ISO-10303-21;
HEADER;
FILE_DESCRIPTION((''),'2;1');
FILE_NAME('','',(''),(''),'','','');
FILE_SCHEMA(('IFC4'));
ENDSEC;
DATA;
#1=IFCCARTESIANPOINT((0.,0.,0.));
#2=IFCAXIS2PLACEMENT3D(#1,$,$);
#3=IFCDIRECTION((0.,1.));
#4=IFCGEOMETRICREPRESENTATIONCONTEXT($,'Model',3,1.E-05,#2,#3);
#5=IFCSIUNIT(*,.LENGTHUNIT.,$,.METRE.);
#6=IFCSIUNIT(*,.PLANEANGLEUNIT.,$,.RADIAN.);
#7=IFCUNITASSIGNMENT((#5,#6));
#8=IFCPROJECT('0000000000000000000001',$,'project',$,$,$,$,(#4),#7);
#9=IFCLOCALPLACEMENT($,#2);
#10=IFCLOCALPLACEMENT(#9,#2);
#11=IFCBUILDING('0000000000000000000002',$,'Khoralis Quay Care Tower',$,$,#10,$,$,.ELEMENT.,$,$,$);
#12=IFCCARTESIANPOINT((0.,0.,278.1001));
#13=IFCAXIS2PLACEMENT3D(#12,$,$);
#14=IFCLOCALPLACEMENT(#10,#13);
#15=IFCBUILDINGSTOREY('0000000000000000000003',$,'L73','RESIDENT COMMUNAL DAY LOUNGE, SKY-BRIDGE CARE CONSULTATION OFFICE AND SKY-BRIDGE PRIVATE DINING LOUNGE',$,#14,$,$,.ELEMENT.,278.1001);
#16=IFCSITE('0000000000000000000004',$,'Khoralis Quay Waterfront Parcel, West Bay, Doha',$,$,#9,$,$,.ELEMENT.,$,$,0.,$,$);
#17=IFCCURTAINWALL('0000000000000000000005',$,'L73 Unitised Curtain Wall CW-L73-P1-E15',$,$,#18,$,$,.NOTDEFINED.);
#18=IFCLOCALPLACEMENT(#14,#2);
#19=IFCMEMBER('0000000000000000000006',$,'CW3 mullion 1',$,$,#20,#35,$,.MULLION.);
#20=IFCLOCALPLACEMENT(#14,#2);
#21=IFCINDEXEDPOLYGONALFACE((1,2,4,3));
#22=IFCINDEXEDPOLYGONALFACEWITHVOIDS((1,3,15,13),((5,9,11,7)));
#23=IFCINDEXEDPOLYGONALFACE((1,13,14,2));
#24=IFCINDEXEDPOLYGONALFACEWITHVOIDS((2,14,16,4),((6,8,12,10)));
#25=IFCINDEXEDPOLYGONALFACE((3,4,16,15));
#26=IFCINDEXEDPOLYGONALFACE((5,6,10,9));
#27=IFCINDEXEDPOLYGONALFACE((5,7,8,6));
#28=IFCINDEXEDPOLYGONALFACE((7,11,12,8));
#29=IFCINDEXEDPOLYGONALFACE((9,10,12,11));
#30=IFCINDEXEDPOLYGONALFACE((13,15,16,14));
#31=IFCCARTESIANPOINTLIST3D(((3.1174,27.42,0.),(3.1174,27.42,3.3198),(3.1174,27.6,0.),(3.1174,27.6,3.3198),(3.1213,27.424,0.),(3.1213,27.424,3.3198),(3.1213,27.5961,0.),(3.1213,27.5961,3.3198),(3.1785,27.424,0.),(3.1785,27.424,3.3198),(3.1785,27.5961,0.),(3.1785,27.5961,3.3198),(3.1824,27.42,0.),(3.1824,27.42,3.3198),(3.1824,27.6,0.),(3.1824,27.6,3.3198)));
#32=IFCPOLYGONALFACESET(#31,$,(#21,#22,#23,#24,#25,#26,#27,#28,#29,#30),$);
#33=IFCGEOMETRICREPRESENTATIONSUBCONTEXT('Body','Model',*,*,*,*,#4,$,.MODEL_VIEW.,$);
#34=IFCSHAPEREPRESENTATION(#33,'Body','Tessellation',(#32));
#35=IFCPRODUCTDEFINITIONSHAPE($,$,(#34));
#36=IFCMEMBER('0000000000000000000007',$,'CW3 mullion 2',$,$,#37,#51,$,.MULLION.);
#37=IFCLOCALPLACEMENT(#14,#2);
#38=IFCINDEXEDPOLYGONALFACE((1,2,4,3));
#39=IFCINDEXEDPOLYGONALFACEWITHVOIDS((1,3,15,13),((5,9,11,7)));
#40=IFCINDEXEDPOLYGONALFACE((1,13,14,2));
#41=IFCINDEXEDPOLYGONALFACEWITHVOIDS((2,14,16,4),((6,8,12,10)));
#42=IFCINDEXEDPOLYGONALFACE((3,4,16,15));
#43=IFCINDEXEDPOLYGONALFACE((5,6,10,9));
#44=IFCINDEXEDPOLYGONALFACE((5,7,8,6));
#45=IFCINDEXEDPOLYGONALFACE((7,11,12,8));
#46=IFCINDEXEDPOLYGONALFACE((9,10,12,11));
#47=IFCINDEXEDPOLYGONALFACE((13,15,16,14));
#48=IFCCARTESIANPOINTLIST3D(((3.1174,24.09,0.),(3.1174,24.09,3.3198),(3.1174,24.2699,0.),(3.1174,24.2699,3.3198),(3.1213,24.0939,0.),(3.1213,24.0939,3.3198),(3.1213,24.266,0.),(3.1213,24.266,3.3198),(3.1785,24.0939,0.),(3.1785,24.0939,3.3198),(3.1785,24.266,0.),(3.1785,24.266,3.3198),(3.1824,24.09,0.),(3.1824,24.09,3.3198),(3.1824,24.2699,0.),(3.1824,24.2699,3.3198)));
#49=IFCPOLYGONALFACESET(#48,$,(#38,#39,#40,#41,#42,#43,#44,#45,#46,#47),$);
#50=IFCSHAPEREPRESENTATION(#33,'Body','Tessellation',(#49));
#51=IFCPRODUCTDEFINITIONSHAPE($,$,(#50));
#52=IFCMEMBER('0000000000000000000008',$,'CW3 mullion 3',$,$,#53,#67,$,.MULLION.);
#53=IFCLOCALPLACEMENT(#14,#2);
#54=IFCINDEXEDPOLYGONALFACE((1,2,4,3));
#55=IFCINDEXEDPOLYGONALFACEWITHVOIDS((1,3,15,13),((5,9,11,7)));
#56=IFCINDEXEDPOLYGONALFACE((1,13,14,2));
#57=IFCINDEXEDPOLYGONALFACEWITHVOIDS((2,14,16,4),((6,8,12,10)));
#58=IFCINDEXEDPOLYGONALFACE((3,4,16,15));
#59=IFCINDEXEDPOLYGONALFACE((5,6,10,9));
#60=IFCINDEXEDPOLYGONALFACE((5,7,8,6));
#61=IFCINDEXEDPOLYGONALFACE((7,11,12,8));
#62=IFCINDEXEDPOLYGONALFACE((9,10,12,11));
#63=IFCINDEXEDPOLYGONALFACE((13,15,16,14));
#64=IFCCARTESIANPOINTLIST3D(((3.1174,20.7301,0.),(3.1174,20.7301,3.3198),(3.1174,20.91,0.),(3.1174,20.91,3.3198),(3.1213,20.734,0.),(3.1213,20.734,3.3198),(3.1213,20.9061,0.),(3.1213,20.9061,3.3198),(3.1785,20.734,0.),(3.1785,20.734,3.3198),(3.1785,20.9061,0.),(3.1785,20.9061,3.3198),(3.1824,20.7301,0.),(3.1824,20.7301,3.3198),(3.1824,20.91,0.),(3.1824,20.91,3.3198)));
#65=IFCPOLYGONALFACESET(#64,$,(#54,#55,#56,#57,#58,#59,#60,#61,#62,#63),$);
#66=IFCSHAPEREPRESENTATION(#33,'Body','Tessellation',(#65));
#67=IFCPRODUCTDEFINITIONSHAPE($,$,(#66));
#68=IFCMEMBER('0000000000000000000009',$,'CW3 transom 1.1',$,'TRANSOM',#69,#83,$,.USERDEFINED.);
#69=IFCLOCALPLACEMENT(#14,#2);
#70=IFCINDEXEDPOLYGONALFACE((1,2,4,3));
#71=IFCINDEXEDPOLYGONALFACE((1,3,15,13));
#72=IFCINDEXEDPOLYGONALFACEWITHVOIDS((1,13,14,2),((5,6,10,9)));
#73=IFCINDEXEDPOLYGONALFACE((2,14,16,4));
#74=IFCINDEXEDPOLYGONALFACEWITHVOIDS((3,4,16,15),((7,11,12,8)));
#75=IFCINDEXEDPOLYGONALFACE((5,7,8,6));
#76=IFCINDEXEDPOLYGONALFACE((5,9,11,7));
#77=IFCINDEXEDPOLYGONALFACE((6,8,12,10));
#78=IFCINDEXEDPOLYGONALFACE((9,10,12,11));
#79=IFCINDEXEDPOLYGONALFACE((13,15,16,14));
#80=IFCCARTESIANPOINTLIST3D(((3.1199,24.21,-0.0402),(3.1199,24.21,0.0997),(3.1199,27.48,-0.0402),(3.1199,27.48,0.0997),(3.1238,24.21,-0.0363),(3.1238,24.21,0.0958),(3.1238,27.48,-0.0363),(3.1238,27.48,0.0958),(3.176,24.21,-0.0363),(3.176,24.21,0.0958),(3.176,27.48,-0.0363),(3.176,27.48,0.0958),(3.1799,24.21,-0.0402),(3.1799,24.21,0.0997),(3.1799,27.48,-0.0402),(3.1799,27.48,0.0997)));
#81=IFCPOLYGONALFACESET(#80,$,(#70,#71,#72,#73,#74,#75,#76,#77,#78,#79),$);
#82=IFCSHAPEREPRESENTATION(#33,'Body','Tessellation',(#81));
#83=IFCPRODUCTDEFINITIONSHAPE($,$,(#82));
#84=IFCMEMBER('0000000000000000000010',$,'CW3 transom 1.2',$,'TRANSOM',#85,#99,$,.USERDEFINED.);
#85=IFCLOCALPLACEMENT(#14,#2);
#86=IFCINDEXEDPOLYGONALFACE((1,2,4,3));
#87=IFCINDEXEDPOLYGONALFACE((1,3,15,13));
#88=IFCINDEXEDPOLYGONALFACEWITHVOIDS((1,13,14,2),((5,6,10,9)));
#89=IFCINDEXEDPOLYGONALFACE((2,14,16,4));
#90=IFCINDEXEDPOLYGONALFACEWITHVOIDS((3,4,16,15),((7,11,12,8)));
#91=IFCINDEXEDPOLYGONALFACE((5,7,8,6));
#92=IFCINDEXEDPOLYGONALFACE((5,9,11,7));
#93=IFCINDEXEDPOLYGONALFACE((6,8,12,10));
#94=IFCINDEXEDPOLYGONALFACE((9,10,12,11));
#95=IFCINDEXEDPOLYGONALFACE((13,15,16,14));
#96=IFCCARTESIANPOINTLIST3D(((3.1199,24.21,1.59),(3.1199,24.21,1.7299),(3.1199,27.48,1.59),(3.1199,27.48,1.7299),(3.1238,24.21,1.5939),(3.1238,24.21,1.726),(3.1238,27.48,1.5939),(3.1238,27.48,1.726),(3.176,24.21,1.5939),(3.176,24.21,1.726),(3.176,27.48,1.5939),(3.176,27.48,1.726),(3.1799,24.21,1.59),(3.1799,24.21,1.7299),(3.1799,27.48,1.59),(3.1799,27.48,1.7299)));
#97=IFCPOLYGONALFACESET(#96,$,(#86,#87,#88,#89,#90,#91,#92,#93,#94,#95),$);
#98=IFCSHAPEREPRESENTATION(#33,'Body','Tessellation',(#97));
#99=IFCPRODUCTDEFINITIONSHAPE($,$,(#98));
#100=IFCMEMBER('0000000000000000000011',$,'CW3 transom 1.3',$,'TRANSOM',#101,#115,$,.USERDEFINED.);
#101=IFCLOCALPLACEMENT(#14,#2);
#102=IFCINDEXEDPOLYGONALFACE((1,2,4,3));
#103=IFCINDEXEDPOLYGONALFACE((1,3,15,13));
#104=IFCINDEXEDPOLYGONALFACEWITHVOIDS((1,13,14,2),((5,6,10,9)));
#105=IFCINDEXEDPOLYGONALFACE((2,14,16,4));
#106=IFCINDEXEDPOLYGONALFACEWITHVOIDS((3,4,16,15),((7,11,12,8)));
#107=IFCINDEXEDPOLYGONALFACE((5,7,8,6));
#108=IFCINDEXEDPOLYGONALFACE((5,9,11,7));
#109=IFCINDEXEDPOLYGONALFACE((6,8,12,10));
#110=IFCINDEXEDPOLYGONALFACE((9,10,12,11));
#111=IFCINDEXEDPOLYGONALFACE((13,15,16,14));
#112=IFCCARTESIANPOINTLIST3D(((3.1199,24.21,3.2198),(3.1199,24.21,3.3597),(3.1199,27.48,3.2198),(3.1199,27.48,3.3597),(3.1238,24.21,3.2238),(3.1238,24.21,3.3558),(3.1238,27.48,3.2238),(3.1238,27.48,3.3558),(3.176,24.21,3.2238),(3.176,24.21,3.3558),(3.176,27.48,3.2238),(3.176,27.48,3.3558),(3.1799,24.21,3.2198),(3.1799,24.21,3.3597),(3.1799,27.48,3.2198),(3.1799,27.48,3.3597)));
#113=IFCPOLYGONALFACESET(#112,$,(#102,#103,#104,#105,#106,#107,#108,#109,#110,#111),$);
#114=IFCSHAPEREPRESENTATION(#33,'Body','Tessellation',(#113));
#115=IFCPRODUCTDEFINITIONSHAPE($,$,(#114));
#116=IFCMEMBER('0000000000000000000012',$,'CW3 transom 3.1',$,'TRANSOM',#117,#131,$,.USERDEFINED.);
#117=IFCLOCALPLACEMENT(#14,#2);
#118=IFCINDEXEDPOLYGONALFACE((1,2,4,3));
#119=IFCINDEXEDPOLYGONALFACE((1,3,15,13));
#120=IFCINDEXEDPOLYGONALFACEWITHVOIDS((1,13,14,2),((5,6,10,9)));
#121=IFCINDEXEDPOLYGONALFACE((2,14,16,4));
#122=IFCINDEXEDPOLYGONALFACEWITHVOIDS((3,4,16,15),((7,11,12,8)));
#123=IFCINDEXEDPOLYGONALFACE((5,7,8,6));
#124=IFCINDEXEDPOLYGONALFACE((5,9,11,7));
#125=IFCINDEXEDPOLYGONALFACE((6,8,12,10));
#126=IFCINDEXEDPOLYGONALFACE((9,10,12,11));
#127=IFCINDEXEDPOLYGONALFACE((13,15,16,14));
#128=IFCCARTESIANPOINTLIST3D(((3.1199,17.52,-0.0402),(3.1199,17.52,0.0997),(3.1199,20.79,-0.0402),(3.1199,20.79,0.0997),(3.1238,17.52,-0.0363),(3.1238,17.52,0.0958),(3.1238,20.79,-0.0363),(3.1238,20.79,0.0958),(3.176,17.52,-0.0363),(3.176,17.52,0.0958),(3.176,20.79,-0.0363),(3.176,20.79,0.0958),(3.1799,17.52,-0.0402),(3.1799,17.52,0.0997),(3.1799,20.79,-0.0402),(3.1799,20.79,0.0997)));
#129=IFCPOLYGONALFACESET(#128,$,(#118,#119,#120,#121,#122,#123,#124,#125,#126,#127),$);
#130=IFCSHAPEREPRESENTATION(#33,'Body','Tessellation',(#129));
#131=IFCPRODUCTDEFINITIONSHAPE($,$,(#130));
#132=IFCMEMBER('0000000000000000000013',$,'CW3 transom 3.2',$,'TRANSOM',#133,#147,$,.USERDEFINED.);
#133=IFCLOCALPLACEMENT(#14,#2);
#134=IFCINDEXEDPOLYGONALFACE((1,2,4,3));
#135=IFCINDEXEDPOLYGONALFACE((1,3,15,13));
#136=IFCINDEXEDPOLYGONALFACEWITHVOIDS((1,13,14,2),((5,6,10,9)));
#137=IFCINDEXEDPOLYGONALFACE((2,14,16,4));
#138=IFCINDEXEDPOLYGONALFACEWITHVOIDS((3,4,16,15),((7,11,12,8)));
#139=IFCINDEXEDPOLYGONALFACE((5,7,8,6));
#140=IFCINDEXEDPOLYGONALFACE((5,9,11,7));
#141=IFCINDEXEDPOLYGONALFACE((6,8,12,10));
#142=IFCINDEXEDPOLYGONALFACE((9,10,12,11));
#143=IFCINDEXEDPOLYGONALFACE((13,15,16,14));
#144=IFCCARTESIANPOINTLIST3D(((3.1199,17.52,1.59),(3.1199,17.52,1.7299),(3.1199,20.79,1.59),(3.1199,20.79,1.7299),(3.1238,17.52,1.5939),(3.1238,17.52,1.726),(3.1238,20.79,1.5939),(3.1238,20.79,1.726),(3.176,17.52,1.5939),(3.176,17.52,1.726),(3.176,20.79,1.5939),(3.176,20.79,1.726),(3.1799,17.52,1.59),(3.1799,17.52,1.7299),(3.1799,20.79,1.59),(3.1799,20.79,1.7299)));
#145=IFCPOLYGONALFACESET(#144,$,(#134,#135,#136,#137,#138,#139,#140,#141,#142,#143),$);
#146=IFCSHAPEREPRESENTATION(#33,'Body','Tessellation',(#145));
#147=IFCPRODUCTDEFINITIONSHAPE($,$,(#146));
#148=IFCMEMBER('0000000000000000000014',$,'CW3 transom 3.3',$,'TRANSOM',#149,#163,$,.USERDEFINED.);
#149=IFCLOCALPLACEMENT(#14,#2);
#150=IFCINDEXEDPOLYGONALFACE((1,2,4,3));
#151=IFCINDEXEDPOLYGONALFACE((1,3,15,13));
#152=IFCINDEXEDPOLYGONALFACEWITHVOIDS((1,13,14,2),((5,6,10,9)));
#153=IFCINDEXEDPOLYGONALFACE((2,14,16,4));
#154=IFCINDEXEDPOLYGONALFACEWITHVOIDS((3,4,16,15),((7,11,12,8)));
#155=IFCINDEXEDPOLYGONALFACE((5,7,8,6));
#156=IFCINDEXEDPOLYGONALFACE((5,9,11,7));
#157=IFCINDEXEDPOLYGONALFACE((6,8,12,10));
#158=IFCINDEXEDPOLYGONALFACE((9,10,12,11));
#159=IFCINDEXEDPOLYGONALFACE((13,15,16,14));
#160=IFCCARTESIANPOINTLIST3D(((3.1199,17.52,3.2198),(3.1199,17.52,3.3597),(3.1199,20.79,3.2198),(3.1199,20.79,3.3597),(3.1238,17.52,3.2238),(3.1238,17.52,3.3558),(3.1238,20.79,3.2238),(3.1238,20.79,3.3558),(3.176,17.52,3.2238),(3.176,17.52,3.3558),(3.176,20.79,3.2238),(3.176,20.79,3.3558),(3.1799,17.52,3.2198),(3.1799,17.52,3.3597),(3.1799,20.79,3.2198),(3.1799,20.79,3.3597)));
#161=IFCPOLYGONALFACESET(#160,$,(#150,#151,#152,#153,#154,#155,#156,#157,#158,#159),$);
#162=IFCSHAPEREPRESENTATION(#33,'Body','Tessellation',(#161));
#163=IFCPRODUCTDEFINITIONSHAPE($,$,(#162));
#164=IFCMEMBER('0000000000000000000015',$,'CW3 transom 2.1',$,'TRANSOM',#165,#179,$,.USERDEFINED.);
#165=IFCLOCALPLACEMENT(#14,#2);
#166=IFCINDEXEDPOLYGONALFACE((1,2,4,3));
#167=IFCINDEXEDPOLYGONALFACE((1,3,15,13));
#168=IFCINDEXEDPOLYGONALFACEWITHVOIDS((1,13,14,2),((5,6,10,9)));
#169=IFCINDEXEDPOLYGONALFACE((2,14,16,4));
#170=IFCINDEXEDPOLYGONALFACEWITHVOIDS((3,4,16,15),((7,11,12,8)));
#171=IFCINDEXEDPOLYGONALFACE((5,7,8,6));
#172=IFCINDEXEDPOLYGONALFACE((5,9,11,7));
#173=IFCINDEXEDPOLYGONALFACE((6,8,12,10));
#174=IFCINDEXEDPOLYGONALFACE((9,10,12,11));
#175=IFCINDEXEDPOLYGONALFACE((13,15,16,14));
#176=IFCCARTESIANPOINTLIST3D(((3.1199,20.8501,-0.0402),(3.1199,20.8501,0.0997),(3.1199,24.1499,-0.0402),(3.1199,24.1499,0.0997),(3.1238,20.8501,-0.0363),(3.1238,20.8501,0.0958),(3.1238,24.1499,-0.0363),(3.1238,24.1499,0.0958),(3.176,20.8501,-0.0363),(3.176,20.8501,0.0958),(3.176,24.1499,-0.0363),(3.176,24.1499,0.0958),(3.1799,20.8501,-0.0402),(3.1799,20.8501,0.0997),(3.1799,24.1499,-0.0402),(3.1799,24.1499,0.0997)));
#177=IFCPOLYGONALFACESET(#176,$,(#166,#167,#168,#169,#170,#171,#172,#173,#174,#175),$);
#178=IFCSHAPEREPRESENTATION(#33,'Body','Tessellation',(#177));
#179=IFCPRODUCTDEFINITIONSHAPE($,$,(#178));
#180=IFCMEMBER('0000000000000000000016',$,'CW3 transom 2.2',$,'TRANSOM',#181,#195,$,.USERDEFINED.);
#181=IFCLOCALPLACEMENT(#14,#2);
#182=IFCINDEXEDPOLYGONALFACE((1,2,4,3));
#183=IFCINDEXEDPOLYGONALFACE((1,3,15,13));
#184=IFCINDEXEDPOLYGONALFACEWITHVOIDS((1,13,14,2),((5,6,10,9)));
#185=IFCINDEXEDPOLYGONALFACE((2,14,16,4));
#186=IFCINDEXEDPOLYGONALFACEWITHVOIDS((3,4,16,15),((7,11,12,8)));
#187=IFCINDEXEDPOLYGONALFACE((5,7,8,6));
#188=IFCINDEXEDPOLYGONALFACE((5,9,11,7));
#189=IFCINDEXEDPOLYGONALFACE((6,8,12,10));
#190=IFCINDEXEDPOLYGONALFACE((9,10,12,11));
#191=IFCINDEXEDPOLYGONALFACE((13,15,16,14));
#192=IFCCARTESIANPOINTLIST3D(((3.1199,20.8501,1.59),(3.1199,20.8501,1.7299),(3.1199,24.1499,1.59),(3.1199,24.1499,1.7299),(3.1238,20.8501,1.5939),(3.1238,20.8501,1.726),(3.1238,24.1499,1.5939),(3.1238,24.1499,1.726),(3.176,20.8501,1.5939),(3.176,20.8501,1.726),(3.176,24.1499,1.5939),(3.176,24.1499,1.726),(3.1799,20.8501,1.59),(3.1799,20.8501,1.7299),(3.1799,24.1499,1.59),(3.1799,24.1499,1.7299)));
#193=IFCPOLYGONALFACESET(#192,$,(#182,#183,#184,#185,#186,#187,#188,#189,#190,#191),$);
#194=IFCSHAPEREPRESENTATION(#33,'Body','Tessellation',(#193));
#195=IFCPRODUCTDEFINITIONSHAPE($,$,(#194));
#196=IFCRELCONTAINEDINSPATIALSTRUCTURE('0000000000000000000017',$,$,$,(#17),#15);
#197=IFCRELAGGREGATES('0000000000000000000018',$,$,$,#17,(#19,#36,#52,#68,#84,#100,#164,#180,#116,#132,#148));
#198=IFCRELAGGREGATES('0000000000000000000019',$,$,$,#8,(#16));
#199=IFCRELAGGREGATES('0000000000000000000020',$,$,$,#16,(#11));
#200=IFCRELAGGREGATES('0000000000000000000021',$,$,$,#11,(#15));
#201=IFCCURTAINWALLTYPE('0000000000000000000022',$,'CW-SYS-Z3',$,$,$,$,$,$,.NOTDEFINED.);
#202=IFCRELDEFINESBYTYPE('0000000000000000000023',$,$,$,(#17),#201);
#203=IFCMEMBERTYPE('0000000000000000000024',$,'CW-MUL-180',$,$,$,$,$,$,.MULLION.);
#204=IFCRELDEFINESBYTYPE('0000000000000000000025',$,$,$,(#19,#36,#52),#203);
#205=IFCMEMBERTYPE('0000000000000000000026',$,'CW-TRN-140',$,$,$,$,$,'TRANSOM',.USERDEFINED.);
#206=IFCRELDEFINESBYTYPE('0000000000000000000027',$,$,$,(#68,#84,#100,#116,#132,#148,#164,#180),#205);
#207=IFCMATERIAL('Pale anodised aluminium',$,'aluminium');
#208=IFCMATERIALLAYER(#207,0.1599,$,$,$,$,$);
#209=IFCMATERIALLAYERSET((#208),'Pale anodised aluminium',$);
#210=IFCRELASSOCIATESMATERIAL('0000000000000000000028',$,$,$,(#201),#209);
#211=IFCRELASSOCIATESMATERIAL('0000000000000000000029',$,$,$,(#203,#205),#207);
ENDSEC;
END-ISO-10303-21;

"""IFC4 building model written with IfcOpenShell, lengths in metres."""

from ifc_helpers import new_model, si_unit, direction, frame, origin, origin_2d, place, context, subcontext, project, spatial, hollow_rectangle, extrude, source, transform, mapped, material, layer, layer_set, material_profile, profile_set, type_object, element, aggregate, save


model = new_model("IFC4")

# Units and contexts
model_context = context("Model", 3, precision=1e-05, world=origin(), true_north=direction((0.0, 1.0)))
body_context = subcontext(model_context, "Body", "Model", "MODEL_VIEW")
ifc_project = project(units=[si_unit("LENGTHUNIT", "METRE"), si_unit("PLANEANGLEUNIT", "RADIAN")], contexts=[model_context])

# Site, building, storey
site_placement = place(None, origin())
site = spatial("IfcSite", under=ifc_project, at=site_placement, Name="Khoralis Quay Waterfront Parcel, West Bay, Doha", CompositionType="ELEMENT", RefElevation=0.0)
building_placement = place(site_placement, origin())
building = spatial("IfcBuilding", under=site, at=building_placement, Name="Khoralis Quay Care Tower", CompositionType="ELEMENT")
storey_placement = place(building_placement, frame((0.0, 0.0, 278.1001)))
storey = spatial("IfcBuildingStorey", under=building, at=storey_placement, Name="L73", Description="RESIDENT COMMUNAL DAY LOUNGE, SKY-BRIDGE CARE CONSULTATION OFFICE AND SKY-BRIDGE PRIVATE DINING LOUNGE", CompositionType="ELEMENT", Elevation=278.1001)

# Curtain wall, members
ifc_material_1 = material(Name="Pale anodised aluminium", Category="aluminium")
ifc_layer_1 = layer(ifc_material_1, 0.1599)
ifc_layer_set_1 = layer_set([ifc_layer_1], Name="Pale anodised aluminium")
curtain_wall_type = type_object("IfcCurtainWallType", Name="CW-SYS-Z3", PredefinedType="NOTDEFINED", material=ifc_layer_set_1)
curtain_wall_placement = place(storey_placement, origin())
curtain_wall = element("IfcCurtainWall", 1, at=curtain_wall_placement, inside=storey, type_object=curtain_wall_type, Name="L73 Unitised Curtain Wall CW-L73-P1-E15", PredefinedType="NOTDEFINED")
ifc_material_profile_1 = material_profile(ifc_material_1, hollow_rectangle(XDim=0.0649, YDim=0.1799, WallThickness=0.0039, at=origin_2d()), Name="Pale anodised aluminium")
ifc_profile_set_1 = profile_set([ifc_material_profile_1], Name="Pale anodised aluminium")
member_type_1 = type_object("IfcMemberType", Name="CW-MUL-180", PredefinedType="MULLION", material=ifc_profile_set_1)
shared_shape_1 = source(origin(), body_context, "Body", "SweptSolid", [
    extrude(hollow_rectangle(XDim=0.0649, YDim=0.1799, WallThickness=0.0039, at=origin_2d()), origin(), (0.0, 0.0, 1.0), 3.3198),
])
member_1_placement = place(storey_placement, frame((3.1499, 27.51, 0.0), z_axis=(0.0, 0.0, 1.0), x_axis=(1.0, 0.0, 0.0)))
member_1 = element("IfcMember", 2, at=member_1_placement, type_object=member_type_1, Name="CW3 mullion 1", PredefinedType="MULLION", context=body_context, shape_type="MappedRepresentation", body=[
    mapped(shared_shape_1, transform((0.0, 0.0, 0.0), scale=1.0)),
])
member_2_placement = place(storey_placement, frame((3.1499, 24.1799, 0.0), z_axis=(0.0, 0.0, 1.0), x_axis=(1.0, 0.0, 0.0)))
member_2 = element("IfcMember", 3, at=member_2_placement, type_object=member_type_1, Name="CW3 mullion 2", PredefinedType="MULLION", context=body_context, shape_type="MappedRepresentation", body=[
    mapped(shared_shape_1, transform((0.0, 0.0, 0.0), scale=1.0)),
])
member_3_placement = place(storey_placement, frame((3.1499, 20.8201, 0.0), z_axis=(0.0, 0.0, 1.0), x_axis=(1.0, 0.0, 0.0)))
member_3 = element("IfcMember", 4, at=member_3_placement, type_object=member_type_1, Name="CW3 mullion 3", PredefinedType="MULLION", context=body_context, shape_type="MappedRepresentation", body=[
    mapped(shared_shape_1, transform((0.0, 0.0, 0.0), scale=1.0)),
])
ifc_material_profile_2 = material_profile(ifc_material_1, hollow_rectangle(XDim=0.0601, YDim=0.1399, WallThickness=0.0039, at=origin_2d()), Name="Pale anodised aluminium")
ifc_profile_set_2 = profile_set([ifc_material_profile_2], Name="Pale anodised aluminium")
member_type_2 = type_object("IfcMemberType", Name="CW-TRN-140", ElementType="TRANSOM", PredefinedType="USERDEFINED", material=ifc_profile_set_2)
shared_shape_2 = source(origin(), body_context, "Body", "SweptSolid", [
    extrude(hollow_rectangle(XDim=0.0601, YDim=0.1399, WallThickness=0.0039, at=origin_2d()), origin(), (0.0, 0.0, 1.0), 3.27),
])
member_4_placement = place(storey_placement, frame((3.1499, 27.48, 0.0298), z_axis=(0.0, -1.0, 0.0), x_axis=(1.0, 0.0, 0.0)))
member_4 = element("IfcMember", 5, at=member_4_placement, type_object=member_type_2, Name="CW3 transom 1.1", ObjectType="TRANSOM", PredefinedType="USERDEFINED", context=body_context, shape_type="MappedRepresentation", body=[
    mapped(shared_shape_2, transform((0.0, 0.0, 0.0), scale=1.0)),
])
member_5_placement = place(storey_placement, frame((3.1499, 27.48, 1.6599), z_axis=(0.0, -1.0, 0.0), x_axis=(1.0, 0.0, 0.0)))
member_5 = element("IfcMember", 6, at=member_5_placement, type_object=member_type_2, Name="CW3 transom 1.2", ObjectType="TRANSOM", PredefinedType="USERDEFINED", context=body_context, shape_type="MappedRepresentation", body=[
    mapped(shared_shape_2, transform((0.0, 0.0, 0.0), scale=1.0)),
])
member_6_placement = place(storey_placement, frame((3.1499, 27.48, 3.2898), z_axis=(0.0, -1.0, 0.0), x_axis=(1.0, 0.0, 0.0)))
member_6 = element("IfcMember", 7, at=member_6_placement, type_object=member_type_2, Name="CW3 transom 1.3", ObjectType="TRANSOM", PredefinedType="USERDEFINED", context=body_context, shape_type="MappedRepresentation", body=[
    mapped(shared_shape_2, transform((0.0, 0.0, 0.0), scale=1.0)),
])
member_7_placement = place(storey_placement, frame((3.1499, 20.79, 0.0298), z_axis=(0.0, -1.0, 0.0), x_axis=(1.0, 0.0, 0.0)))
member_7 = element("IfcMember", 8, at=member_7_placement, type_object=member_type_2, Name="CW3 transom 3.1", ObjectType="TRANSOM", PredefinedType="USERDEFINED", context=body_context, shape_type="MappedRepresentation", body=[
    mapped(shared_shape_2, transform((0.0, 0.0, 0.0), scale=1.0)),
])
member_8_placement = place(storey_placement, frame((3.1499, 20.79, 1.6599), z_axis=(0.0, -1.0, 0.0), x_axis=(1.0, 0.0, 0.0)))
member_8 = element("IfcMember", 9, at=member_8_placement, type_object=member_type_2, Name="CW3 transom 3.2", ObjectType="TRANSOM", PredefinedType="USERDEFINED", context=body_context, shape_type="MappedRepresentation", body=[
    mapped(shared_shape_2, transform((0.0, 0.0, 0.0), scale=1.0)),
])
member_9_placement = place(storey_placement, frame((3.1499, 20.79, 3.2898), z_axis=(0.0, -1.0, 0.0), x_axis=(1.0, 0.0, 0.0)))
member_9 = element("IfcMember", 10, at=member_9_placement, type_object=member_type_2, Name="CW3 transom 3.3", ObjectType="TRANSOM", PredefinedType="USERDEFINED", context=body_context, shape_type="MappedRepresentation", body=[
    mapped(shared_shape_2, transform((0.0, 0.0, 0.0), scale=1.0)),
])
shared_shape_3 = source(origin(), body_context, "Body", "SweptSolid", [
    extrude(hollow_rectangle(XDim=0.0601, YDim=0.1399, WallThickness=0.0039, at=origin_2d()), origin(), (0.0, 0.0, 1.0), 3.2998),
])
member_10_placement = place(storey_placement, frame((3.1499, 24.1499, 0.0298), z_axis=(0.0, -1.0, 0.0), x_axis=(1.0, 0.0, 0.0)))
member_10 = element("IfcMember", 11, at=member_10_placement, type_object=member_type_2, Name="CW3 transom 2.1", ObjectType="TRANSOM", PredefinedType="USERDEFINED", context=body_context, shape_type="MappedRepresentation", body=[
    mapped(shared_shape_3, transform((0.0, 0.0, 0.0), scale=1.0)),
])
member_11_placement = place(storey_placement, frame((3.1499, 24.1499, 1.6599), z_axis=(0.0, -1.0, 0.0), x_axis=(1.0, 0.0, 0.0)))
member_11 = element("IfcMember", 12, at=member_11_placement, type_object=member_type_2, Name="CW3 transom 2.2", ObjectType="TRANSOM", PredefinedType="USERDEFINED", context=body_context, shape_type="MappedRepresentation", body=[
    mapped(shared_shape_3, transform((0.0, 0.0, 0.0), scale=1.0)),
])
aggregate(curtain_wall, [member_1, member_2, member_3, member_4, member_5, member_6, member_10, member_11, member_7, member_8, member_9])

save(model, "model.ifc")
